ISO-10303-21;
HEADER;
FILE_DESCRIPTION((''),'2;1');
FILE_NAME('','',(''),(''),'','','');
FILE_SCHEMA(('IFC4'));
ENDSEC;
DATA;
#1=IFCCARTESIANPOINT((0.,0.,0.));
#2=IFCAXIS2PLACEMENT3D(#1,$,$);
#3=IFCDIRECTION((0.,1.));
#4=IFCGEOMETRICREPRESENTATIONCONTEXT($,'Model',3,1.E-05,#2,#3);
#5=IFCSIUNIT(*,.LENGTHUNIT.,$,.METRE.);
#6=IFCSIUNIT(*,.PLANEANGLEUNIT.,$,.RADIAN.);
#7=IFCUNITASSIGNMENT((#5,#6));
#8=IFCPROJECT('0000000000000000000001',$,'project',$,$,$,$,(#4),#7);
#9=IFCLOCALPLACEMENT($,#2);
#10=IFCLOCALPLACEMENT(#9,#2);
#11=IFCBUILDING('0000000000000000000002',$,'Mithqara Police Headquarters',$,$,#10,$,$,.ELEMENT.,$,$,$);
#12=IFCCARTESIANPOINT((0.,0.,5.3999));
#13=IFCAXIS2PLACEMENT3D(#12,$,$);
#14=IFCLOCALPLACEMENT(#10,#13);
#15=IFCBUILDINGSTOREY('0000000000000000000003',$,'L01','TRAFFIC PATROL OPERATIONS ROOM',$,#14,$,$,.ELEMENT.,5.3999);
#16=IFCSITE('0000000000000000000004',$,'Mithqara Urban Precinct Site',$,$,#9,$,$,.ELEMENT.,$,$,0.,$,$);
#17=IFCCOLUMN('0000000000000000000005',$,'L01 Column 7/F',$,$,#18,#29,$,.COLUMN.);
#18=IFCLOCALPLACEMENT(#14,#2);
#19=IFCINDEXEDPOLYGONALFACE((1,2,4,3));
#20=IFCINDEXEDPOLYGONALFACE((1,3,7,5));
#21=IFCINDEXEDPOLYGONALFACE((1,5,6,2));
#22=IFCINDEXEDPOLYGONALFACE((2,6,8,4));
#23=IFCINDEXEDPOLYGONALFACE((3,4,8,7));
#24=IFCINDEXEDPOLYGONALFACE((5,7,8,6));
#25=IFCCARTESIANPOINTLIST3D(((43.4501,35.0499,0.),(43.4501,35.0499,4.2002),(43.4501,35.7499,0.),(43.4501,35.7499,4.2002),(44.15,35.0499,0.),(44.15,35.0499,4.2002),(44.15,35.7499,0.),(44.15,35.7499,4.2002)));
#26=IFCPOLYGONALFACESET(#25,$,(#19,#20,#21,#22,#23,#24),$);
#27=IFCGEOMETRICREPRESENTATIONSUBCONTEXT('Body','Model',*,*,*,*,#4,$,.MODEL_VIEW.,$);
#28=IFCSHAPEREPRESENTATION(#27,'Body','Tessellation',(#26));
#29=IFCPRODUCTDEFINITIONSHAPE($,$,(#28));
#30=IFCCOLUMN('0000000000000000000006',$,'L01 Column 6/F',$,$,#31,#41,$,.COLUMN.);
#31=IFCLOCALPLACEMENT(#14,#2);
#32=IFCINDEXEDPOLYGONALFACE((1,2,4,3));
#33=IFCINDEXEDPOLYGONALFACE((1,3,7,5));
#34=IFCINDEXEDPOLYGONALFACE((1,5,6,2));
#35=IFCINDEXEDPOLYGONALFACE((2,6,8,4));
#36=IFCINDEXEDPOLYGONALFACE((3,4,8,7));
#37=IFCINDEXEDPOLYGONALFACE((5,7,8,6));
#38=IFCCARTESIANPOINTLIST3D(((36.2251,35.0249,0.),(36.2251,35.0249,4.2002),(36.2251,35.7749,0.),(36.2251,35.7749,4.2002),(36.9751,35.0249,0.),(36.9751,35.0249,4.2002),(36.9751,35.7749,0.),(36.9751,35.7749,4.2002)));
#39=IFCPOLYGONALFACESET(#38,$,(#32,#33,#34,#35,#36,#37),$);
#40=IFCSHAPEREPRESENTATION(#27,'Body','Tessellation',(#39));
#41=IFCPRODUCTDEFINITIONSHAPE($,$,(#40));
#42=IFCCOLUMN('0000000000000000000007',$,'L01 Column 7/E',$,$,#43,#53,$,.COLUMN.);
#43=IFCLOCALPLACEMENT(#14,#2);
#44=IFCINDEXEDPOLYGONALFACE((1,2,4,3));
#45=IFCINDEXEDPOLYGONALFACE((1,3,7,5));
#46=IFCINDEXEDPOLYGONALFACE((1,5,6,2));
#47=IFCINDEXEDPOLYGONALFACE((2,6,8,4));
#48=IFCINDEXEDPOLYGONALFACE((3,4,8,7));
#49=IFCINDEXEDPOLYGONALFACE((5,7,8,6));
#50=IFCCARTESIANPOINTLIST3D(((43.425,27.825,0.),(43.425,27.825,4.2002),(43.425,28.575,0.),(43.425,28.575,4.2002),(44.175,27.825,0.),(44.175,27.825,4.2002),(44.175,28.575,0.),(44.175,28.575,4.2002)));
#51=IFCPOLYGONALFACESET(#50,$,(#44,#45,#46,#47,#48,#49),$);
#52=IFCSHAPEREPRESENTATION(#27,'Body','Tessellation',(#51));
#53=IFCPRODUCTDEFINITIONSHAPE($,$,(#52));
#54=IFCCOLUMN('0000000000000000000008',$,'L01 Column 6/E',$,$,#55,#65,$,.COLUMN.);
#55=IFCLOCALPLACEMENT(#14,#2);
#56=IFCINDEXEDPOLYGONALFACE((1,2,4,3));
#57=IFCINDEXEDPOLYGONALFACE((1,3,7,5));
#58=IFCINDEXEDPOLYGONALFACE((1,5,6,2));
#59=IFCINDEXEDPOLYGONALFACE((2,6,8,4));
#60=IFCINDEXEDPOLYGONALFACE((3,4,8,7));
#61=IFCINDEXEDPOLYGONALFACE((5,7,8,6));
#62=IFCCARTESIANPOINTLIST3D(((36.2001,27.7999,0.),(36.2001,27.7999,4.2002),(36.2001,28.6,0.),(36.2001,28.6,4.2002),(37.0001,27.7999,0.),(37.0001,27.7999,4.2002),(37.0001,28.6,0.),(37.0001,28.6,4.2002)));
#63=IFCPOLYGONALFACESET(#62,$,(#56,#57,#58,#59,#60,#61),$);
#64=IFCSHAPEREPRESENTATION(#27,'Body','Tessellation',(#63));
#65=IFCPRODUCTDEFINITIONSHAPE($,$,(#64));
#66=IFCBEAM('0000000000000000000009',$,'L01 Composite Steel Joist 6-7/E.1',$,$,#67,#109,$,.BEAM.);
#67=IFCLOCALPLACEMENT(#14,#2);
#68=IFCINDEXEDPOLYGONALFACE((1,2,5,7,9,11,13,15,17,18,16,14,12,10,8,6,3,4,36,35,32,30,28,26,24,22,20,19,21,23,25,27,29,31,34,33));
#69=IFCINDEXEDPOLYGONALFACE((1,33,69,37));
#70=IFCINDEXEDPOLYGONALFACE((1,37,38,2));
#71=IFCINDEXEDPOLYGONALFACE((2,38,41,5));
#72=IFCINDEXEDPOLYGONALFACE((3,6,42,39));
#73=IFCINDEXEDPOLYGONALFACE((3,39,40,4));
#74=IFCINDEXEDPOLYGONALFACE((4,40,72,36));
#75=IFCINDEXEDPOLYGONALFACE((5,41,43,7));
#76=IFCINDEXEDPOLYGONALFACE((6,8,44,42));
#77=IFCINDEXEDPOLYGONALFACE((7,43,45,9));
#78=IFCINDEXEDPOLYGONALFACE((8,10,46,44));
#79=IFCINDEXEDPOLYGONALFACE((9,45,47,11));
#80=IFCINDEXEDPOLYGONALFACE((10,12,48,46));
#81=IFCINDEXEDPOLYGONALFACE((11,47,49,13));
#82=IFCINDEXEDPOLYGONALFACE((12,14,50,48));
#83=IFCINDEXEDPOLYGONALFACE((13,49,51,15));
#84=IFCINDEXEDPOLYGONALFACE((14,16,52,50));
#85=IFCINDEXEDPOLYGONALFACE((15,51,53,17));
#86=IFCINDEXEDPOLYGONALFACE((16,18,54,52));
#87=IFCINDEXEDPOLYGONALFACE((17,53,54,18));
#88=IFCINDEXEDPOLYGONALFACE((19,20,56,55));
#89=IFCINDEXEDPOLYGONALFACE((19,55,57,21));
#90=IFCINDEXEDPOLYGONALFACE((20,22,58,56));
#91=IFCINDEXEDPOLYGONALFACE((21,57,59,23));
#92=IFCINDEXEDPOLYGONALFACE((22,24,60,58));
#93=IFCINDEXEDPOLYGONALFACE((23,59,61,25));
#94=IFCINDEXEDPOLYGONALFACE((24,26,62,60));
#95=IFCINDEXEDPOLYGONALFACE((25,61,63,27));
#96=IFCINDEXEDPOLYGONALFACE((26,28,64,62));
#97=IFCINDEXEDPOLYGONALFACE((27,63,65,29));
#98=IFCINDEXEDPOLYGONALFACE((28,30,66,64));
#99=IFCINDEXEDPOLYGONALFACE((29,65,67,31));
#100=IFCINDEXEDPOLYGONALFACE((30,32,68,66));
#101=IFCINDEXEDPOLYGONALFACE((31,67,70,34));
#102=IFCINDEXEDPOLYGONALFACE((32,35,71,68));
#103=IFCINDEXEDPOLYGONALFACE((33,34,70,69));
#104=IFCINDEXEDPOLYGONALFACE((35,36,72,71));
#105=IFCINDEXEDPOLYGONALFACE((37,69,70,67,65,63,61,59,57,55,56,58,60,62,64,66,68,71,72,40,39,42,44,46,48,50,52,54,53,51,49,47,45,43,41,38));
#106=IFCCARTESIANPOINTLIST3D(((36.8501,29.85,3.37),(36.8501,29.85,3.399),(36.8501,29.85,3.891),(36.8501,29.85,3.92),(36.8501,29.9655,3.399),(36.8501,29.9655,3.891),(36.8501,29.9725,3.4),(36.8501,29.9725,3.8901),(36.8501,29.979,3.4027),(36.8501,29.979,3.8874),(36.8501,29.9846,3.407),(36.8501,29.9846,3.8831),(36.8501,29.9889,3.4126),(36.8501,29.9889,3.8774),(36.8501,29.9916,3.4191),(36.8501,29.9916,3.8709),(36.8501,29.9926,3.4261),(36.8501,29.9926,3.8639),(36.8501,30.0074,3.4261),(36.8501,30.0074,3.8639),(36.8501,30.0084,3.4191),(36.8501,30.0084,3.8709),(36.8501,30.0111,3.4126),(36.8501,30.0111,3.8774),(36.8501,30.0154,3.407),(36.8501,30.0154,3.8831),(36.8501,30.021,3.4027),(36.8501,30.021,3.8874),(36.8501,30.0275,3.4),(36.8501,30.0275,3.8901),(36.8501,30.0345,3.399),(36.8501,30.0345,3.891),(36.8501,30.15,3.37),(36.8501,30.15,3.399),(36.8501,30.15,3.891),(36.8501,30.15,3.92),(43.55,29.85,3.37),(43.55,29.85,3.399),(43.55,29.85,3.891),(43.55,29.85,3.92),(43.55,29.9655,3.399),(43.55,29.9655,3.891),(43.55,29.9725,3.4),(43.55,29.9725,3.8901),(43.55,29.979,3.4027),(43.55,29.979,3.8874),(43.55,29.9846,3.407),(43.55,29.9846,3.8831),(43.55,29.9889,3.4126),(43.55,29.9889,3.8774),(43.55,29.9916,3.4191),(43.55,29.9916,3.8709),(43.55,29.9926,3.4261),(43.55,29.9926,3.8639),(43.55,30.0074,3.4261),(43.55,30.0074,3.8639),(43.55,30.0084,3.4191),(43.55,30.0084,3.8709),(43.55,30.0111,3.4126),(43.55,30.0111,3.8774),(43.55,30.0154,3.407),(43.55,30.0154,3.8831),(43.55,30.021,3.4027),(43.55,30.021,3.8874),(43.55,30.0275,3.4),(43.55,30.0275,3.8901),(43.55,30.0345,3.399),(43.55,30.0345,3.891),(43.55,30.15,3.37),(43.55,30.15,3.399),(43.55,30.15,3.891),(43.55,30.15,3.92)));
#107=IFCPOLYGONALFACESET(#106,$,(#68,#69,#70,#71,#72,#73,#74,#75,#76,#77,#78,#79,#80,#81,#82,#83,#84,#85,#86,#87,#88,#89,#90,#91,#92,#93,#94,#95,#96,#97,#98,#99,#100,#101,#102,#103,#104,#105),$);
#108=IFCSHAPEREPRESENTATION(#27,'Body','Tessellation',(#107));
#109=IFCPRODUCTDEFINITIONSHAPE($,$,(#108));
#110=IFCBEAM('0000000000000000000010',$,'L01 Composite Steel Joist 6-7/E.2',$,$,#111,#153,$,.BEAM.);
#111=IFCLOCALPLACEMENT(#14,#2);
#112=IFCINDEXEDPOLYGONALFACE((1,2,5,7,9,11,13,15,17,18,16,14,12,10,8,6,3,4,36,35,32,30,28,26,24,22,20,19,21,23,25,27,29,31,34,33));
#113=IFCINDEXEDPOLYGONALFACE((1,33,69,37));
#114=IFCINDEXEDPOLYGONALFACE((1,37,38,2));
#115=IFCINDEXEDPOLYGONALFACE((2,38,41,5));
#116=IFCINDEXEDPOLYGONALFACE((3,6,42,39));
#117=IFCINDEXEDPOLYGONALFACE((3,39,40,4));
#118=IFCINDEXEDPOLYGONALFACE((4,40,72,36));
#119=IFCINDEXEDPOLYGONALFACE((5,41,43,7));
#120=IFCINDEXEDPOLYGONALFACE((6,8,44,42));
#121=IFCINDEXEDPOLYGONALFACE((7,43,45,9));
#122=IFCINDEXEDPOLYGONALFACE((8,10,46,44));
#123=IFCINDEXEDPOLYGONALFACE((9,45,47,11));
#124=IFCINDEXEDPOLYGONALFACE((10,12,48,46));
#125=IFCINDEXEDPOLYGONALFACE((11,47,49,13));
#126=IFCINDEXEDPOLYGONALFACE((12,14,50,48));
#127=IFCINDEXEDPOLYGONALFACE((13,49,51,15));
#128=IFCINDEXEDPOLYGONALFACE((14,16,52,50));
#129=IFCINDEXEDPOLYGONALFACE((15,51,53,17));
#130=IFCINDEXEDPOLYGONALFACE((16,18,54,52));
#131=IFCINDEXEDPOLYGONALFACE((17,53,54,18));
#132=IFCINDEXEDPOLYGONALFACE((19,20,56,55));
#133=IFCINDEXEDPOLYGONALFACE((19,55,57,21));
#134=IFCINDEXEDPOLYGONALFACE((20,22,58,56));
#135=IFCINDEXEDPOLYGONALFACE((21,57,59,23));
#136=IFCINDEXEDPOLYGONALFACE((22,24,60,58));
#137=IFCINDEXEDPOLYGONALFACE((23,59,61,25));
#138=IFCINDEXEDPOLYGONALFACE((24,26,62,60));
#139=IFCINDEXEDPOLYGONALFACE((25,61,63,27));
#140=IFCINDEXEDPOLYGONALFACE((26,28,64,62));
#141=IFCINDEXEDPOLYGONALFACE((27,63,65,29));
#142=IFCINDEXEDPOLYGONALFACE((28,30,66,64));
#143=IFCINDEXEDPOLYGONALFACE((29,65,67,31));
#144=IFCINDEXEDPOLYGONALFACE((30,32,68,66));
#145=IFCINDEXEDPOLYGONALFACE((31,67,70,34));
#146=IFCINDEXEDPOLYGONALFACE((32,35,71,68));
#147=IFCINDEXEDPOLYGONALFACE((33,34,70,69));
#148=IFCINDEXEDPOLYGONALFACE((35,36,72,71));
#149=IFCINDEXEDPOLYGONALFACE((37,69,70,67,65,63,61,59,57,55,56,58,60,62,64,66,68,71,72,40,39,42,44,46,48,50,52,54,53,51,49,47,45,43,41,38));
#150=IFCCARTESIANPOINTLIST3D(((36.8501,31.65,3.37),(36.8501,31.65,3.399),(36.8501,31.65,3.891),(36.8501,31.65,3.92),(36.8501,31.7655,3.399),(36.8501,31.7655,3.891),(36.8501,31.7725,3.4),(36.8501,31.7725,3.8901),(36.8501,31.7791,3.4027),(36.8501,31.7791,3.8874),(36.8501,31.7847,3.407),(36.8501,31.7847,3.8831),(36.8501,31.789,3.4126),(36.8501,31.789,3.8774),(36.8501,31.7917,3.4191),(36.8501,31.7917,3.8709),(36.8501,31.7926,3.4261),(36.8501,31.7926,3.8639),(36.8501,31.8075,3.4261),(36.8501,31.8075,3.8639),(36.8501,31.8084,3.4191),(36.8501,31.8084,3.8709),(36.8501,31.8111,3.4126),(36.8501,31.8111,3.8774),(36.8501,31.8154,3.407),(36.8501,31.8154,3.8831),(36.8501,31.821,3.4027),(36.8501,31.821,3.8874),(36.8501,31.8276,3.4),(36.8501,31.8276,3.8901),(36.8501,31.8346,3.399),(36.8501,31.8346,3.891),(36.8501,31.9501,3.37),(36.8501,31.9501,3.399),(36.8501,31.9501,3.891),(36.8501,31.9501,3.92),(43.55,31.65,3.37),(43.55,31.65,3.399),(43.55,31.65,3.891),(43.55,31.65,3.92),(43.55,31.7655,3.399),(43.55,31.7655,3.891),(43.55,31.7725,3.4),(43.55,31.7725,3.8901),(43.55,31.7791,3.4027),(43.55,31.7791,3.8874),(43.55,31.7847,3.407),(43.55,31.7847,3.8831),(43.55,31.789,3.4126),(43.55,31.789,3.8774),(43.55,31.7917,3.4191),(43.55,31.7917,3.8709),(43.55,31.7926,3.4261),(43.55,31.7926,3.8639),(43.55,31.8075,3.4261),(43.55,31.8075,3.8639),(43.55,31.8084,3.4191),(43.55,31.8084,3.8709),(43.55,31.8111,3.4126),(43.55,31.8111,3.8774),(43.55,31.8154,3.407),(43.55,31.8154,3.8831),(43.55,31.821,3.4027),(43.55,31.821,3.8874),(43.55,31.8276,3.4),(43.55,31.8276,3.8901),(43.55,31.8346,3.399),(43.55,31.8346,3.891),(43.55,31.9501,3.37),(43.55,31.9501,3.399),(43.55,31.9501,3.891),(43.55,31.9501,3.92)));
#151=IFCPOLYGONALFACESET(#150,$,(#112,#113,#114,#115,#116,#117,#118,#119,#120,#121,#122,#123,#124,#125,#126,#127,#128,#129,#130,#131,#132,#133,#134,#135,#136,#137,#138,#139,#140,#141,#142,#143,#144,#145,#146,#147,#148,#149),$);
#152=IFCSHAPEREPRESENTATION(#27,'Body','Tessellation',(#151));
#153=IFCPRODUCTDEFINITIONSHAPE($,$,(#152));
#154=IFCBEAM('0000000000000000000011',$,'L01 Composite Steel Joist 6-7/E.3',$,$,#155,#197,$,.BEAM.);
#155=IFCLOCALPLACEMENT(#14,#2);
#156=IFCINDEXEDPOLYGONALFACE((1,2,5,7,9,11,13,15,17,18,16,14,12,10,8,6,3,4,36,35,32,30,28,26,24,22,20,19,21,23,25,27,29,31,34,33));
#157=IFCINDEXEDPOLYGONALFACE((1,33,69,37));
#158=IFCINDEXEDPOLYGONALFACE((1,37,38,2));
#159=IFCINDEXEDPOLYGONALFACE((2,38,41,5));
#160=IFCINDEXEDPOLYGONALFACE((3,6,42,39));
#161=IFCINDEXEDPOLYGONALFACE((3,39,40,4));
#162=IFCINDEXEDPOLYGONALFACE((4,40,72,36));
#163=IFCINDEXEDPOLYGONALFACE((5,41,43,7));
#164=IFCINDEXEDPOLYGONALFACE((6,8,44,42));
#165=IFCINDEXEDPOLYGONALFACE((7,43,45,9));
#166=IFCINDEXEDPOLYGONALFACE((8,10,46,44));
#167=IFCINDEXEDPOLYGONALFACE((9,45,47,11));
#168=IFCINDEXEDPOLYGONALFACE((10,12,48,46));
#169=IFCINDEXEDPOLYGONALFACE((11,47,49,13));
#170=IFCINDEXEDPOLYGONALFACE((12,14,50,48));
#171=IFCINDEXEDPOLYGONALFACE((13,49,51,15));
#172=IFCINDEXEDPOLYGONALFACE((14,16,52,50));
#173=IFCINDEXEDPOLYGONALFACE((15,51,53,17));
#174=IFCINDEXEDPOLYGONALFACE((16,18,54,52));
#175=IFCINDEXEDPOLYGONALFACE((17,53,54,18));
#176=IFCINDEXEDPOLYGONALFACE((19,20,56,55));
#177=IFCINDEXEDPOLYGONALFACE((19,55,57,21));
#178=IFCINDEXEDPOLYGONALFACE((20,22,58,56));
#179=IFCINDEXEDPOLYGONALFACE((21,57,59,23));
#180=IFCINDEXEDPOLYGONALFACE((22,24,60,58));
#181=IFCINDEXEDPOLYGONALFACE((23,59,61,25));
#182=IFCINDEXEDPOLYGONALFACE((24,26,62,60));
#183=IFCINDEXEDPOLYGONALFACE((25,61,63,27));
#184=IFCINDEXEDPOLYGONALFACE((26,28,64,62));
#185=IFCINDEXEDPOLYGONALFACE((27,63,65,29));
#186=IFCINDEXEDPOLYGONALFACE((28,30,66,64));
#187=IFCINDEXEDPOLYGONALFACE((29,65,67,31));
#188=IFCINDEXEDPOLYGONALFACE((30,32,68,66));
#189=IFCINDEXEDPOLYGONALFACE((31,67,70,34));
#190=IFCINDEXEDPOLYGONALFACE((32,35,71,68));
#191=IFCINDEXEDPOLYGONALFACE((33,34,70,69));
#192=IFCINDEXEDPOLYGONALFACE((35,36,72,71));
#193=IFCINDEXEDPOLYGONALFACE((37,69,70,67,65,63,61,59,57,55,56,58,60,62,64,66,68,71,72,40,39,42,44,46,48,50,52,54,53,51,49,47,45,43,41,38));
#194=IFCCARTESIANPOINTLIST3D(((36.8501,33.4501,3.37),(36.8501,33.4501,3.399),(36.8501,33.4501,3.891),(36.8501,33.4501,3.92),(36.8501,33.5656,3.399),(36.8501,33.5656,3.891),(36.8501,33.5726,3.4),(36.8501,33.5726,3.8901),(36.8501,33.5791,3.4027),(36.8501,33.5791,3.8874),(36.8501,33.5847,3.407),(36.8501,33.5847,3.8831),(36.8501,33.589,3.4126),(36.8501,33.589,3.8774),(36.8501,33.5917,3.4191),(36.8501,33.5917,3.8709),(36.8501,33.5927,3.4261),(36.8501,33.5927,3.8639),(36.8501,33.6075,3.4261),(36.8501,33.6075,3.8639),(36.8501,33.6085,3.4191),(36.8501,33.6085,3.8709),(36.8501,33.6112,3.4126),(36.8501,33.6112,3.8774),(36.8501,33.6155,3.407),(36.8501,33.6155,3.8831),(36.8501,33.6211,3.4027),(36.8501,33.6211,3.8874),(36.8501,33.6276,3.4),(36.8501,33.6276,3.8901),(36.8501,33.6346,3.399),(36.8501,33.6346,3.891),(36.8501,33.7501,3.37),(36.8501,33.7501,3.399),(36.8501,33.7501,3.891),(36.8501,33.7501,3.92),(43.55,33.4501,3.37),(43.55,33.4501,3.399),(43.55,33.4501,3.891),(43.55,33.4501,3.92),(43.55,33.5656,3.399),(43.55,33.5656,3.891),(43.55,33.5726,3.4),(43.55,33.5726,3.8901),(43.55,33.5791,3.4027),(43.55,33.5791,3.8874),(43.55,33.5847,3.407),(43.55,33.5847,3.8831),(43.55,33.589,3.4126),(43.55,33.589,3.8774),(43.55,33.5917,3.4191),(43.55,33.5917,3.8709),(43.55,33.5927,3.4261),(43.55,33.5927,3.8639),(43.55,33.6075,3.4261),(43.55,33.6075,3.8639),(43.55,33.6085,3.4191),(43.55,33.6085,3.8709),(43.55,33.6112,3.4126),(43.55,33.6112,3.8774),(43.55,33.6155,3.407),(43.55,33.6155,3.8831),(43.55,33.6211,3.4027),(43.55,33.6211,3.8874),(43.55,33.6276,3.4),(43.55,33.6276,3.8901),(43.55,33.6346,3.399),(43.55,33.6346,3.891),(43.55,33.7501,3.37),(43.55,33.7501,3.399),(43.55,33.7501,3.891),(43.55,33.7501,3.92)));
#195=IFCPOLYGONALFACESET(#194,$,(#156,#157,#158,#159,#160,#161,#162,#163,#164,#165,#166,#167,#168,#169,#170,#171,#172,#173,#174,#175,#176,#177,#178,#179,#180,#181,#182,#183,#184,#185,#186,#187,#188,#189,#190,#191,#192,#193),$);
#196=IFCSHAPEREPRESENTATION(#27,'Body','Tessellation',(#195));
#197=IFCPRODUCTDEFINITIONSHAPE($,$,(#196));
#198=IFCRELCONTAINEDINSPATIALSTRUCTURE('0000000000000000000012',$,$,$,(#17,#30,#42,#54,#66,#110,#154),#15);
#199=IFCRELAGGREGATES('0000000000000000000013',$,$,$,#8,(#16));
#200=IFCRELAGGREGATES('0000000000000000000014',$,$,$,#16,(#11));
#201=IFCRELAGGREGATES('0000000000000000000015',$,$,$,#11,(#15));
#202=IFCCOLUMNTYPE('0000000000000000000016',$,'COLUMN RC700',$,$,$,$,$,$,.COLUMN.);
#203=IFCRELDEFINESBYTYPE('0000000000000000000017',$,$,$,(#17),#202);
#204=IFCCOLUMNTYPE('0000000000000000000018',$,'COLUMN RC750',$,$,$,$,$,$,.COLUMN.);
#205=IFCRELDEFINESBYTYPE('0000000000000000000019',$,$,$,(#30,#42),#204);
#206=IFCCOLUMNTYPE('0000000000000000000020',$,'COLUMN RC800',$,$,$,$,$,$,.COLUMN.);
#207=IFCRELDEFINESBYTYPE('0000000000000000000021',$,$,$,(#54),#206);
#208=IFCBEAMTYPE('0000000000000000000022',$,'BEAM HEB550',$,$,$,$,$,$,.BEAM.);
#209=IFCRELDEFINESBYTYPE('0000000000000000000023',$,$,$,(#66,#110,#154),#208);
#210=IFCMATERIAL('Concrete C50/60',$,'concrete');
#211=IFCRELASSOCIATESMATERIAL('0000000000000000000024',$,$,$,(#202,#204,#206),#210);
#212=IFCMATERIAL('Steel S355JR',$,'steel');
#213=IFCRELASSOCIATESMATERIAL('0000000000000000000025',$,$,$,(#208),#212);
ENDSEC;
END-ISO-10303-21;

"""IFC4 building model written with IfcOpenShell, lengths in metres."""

from ifc_helpers import new_model, si_unit, direction, frame, origin, origin_2d, place, context, subcontext, project, spatial, rectangle, i_section, extrude, material, material_profile, profile_set, type_object, element, save


model = new_model("IFC4")

# Units and contexts
model_context = context("Model", 3, precision=1e-05, world=origin(), true_north=direction((0.0, 1.0)))
body_context = subcontext(model_context, "Body", "Model", "MODEL_VIEW")
ifc_project = project(units=[si_unit("LENGTHUNIT", "METRE"), si_unit("PLANEANGLEUNIT", "RADIAN")], contexts=[model_context])

# Site, building, storey
site_placement = place(None, origin())
site = spatial("IfcSite", under=ifc_project, at=site_placement, Name="Mithqara Urban Precinct Site", CompositionType="ELEMENT", RefElevation=0.0)
building_placement = place(site_placement, origin())
building = spatial("IfcBuilding", under=site, at=building_placement, Name="Mithqara Police Headquarters", CompositionType="ELEMENT")
storey_placement = place(building_placement, frame((0.0, 0.0, 5.3999)))
storey = spatial("IfcBuildingStorey", under=building, at=storey_placement, Name="L01", Description="TRAFFIC PATROL OPERATIONS ROOM", CompositionType="ELEMENT", Elevation=5.3999)

# Columns
ifc_material_1 = material(Name="Concrete C50/60", Category="concrete")
ifc_material_profile_1 = material_profile(ifc_material_1, rectangle(XDim=0.7, YDim=0.7, at=origin_2d()), Name="RC 700x700")
ifc_profile_set_1 = profile_set([ifc_material_profile_1], Name="Concrete C50/60")
column_type_1 = type_object("IfcColumnType", Name="COLUMN RC700", PredefinedType="COLUMN", material=ifc_profile_set_1)
column_1_placement = place(storey_placement, frame((43.8, 35.3999, 0.0), z_axis=(0.0, 0.0, 1.0), x_axis=(1.0, 0.0, 0.0)))
element("IfcColumn", 1, at=column_1_placement, inside=storey, type_object=column_type_1, Name="L01 Column 7/F", PredefinedType="COLUMN", context=body_context, shape_type="SweptSolid", body=[
    extrude(rectangle(XDim=0.7, YDim=0.7, at=origin_2d()), origin(), (0.0, 0.0, 1.0), 4.2002),
])
ifc_material_profile_2 = material_profile(ifc_material_1, rectangle(XDim=0.75, YDim=0.75, at=origin_2d()), Name="RC 750x750")
ifc_profile_set_2 = profile_set([ifc_material_profile_2], Name="Concrete C50/60")
column_type_2 = type_object("IfcColumnType", Name="COLUMN RC750", PredefinedType="COLUMN", material=ifc_profile_set_2)
for number, where, z_axis, x_axis, name in (
    (2, (36.6001, 35.3999, 0.0), (0.0, 0.0, 1.0), (1.0, 0.0, 0.0), "L01 Column 6/F"),
    (3, (43.8, 28.2, 0.0), (0.0, 0.0, 1.0), (1.0, 0.0, 0.0), "L01 Column 7/E"),
):
    element("IfcColumn", number, at=place(storey_placement, frame(where, z_axis=z_axis, x_axis=x_axis)), inside=storey, type_object=column_type_2, Name=name, PredefinedType="COLUMN", context=body_context, shape_type="SweptSolid", body=[
        extrude(rectangle(XDim=0.75, YDim=0.75, at=origin_2d()), origin(), (0.0, 0.0, 1.0), 4.2002),
    ])
ifc_material_profile_3 = material_profile(ifc_material_1, rectangle(XDim=0.8, YDim=0.8, at=origin_2d()), Name="RC 800x800")
ifc_profile_set_3 = profile_set([ifc_material_profile_3], Name="Concrete C50/60")
column_type_3 = type_object("IfcColumnType", Name="COLUMN RC800", PredefinedType="COLUMN", material=ifc_profile_set_3)
column_2_placement = place(storey_placement, frame((36.6001, 28.2, 0.0), z_axis=(0.0, 0.0, 1.0), x_axis=(1.0, 0.0, 0.0)))
element("IfcColumn", 4, at=column_2_placement, inside=storey, type_object=column_type_3, Name="L01 Column 6/E", PredefinedType="COLUMN", context=body_context, shape_type="SweptSolid", body=[
    extrude(rectangle(XDim=0.8, YDim=0.8, at=origin_2d()), origin(), (0.0, 0.0, 1.0), 4.2002),
])

# Beams
ifc_material_2 = material(Name="Steel S355JR", Category="steel")
ifc_material_profile_4 = material_profile(ifc_material_2, i_section(OverallWidth=0.3, OverallDepth=0.55, WebThickness=0.0149, FlangeThickness=0.0291, FilletRadius=0.0271, at=origin_2d()), Name="HEB 550")
ifc_profile_set_4 = profile_set([ifc_material_profile_4], Name="Steel S355JR")
beam_type_1 = type_object("IfcBeamType", Name="BEAM HEB550", PredefinedType="BEAM", material=ifc_profile_set_4)
for number, where, z_axis, x_axis, name in (
    (5, (36.8501, 30.0, 3.645), (1.0, 0.0, 0.0), (0.0, 1.0, 0.0), "L01 Composite Steel Joist 6-7/E.1"),
    (6, (36.8501, 31.8, 3.645), (1.0, 0.0, 0.0), (0.0, 1.0, 0.0), "L01 Composite Steel Joist 6-7/E.2"),
    (7, (36.8501, 33.6001, 3.645), (1.0, 0.0, 0.0), (0.0, 1.0, 0.0), "L01 Composite Steel Joist 6-7/E.3"),
):
    element("IfcBeam", number, at=place(storey_placement, frame(where, z_axis=z_axis, x_axis=x_axis)), inside=storey, type_object=beam_type_1, Name=name, PredefinedType="BEAM", context=body_context, shape_type="SweptSolid", body=[
        extrude(i_section(OverallWidth=0.3, OverallDepth=0.55, WebThickness=0.0149, FlangeThickness=0.0291, FilletRadius=0.0271, at=origin_2d()), origin(), (0.0, 0.0, 1.0), 6.7),
    ])

save(model, "model.ifc")
